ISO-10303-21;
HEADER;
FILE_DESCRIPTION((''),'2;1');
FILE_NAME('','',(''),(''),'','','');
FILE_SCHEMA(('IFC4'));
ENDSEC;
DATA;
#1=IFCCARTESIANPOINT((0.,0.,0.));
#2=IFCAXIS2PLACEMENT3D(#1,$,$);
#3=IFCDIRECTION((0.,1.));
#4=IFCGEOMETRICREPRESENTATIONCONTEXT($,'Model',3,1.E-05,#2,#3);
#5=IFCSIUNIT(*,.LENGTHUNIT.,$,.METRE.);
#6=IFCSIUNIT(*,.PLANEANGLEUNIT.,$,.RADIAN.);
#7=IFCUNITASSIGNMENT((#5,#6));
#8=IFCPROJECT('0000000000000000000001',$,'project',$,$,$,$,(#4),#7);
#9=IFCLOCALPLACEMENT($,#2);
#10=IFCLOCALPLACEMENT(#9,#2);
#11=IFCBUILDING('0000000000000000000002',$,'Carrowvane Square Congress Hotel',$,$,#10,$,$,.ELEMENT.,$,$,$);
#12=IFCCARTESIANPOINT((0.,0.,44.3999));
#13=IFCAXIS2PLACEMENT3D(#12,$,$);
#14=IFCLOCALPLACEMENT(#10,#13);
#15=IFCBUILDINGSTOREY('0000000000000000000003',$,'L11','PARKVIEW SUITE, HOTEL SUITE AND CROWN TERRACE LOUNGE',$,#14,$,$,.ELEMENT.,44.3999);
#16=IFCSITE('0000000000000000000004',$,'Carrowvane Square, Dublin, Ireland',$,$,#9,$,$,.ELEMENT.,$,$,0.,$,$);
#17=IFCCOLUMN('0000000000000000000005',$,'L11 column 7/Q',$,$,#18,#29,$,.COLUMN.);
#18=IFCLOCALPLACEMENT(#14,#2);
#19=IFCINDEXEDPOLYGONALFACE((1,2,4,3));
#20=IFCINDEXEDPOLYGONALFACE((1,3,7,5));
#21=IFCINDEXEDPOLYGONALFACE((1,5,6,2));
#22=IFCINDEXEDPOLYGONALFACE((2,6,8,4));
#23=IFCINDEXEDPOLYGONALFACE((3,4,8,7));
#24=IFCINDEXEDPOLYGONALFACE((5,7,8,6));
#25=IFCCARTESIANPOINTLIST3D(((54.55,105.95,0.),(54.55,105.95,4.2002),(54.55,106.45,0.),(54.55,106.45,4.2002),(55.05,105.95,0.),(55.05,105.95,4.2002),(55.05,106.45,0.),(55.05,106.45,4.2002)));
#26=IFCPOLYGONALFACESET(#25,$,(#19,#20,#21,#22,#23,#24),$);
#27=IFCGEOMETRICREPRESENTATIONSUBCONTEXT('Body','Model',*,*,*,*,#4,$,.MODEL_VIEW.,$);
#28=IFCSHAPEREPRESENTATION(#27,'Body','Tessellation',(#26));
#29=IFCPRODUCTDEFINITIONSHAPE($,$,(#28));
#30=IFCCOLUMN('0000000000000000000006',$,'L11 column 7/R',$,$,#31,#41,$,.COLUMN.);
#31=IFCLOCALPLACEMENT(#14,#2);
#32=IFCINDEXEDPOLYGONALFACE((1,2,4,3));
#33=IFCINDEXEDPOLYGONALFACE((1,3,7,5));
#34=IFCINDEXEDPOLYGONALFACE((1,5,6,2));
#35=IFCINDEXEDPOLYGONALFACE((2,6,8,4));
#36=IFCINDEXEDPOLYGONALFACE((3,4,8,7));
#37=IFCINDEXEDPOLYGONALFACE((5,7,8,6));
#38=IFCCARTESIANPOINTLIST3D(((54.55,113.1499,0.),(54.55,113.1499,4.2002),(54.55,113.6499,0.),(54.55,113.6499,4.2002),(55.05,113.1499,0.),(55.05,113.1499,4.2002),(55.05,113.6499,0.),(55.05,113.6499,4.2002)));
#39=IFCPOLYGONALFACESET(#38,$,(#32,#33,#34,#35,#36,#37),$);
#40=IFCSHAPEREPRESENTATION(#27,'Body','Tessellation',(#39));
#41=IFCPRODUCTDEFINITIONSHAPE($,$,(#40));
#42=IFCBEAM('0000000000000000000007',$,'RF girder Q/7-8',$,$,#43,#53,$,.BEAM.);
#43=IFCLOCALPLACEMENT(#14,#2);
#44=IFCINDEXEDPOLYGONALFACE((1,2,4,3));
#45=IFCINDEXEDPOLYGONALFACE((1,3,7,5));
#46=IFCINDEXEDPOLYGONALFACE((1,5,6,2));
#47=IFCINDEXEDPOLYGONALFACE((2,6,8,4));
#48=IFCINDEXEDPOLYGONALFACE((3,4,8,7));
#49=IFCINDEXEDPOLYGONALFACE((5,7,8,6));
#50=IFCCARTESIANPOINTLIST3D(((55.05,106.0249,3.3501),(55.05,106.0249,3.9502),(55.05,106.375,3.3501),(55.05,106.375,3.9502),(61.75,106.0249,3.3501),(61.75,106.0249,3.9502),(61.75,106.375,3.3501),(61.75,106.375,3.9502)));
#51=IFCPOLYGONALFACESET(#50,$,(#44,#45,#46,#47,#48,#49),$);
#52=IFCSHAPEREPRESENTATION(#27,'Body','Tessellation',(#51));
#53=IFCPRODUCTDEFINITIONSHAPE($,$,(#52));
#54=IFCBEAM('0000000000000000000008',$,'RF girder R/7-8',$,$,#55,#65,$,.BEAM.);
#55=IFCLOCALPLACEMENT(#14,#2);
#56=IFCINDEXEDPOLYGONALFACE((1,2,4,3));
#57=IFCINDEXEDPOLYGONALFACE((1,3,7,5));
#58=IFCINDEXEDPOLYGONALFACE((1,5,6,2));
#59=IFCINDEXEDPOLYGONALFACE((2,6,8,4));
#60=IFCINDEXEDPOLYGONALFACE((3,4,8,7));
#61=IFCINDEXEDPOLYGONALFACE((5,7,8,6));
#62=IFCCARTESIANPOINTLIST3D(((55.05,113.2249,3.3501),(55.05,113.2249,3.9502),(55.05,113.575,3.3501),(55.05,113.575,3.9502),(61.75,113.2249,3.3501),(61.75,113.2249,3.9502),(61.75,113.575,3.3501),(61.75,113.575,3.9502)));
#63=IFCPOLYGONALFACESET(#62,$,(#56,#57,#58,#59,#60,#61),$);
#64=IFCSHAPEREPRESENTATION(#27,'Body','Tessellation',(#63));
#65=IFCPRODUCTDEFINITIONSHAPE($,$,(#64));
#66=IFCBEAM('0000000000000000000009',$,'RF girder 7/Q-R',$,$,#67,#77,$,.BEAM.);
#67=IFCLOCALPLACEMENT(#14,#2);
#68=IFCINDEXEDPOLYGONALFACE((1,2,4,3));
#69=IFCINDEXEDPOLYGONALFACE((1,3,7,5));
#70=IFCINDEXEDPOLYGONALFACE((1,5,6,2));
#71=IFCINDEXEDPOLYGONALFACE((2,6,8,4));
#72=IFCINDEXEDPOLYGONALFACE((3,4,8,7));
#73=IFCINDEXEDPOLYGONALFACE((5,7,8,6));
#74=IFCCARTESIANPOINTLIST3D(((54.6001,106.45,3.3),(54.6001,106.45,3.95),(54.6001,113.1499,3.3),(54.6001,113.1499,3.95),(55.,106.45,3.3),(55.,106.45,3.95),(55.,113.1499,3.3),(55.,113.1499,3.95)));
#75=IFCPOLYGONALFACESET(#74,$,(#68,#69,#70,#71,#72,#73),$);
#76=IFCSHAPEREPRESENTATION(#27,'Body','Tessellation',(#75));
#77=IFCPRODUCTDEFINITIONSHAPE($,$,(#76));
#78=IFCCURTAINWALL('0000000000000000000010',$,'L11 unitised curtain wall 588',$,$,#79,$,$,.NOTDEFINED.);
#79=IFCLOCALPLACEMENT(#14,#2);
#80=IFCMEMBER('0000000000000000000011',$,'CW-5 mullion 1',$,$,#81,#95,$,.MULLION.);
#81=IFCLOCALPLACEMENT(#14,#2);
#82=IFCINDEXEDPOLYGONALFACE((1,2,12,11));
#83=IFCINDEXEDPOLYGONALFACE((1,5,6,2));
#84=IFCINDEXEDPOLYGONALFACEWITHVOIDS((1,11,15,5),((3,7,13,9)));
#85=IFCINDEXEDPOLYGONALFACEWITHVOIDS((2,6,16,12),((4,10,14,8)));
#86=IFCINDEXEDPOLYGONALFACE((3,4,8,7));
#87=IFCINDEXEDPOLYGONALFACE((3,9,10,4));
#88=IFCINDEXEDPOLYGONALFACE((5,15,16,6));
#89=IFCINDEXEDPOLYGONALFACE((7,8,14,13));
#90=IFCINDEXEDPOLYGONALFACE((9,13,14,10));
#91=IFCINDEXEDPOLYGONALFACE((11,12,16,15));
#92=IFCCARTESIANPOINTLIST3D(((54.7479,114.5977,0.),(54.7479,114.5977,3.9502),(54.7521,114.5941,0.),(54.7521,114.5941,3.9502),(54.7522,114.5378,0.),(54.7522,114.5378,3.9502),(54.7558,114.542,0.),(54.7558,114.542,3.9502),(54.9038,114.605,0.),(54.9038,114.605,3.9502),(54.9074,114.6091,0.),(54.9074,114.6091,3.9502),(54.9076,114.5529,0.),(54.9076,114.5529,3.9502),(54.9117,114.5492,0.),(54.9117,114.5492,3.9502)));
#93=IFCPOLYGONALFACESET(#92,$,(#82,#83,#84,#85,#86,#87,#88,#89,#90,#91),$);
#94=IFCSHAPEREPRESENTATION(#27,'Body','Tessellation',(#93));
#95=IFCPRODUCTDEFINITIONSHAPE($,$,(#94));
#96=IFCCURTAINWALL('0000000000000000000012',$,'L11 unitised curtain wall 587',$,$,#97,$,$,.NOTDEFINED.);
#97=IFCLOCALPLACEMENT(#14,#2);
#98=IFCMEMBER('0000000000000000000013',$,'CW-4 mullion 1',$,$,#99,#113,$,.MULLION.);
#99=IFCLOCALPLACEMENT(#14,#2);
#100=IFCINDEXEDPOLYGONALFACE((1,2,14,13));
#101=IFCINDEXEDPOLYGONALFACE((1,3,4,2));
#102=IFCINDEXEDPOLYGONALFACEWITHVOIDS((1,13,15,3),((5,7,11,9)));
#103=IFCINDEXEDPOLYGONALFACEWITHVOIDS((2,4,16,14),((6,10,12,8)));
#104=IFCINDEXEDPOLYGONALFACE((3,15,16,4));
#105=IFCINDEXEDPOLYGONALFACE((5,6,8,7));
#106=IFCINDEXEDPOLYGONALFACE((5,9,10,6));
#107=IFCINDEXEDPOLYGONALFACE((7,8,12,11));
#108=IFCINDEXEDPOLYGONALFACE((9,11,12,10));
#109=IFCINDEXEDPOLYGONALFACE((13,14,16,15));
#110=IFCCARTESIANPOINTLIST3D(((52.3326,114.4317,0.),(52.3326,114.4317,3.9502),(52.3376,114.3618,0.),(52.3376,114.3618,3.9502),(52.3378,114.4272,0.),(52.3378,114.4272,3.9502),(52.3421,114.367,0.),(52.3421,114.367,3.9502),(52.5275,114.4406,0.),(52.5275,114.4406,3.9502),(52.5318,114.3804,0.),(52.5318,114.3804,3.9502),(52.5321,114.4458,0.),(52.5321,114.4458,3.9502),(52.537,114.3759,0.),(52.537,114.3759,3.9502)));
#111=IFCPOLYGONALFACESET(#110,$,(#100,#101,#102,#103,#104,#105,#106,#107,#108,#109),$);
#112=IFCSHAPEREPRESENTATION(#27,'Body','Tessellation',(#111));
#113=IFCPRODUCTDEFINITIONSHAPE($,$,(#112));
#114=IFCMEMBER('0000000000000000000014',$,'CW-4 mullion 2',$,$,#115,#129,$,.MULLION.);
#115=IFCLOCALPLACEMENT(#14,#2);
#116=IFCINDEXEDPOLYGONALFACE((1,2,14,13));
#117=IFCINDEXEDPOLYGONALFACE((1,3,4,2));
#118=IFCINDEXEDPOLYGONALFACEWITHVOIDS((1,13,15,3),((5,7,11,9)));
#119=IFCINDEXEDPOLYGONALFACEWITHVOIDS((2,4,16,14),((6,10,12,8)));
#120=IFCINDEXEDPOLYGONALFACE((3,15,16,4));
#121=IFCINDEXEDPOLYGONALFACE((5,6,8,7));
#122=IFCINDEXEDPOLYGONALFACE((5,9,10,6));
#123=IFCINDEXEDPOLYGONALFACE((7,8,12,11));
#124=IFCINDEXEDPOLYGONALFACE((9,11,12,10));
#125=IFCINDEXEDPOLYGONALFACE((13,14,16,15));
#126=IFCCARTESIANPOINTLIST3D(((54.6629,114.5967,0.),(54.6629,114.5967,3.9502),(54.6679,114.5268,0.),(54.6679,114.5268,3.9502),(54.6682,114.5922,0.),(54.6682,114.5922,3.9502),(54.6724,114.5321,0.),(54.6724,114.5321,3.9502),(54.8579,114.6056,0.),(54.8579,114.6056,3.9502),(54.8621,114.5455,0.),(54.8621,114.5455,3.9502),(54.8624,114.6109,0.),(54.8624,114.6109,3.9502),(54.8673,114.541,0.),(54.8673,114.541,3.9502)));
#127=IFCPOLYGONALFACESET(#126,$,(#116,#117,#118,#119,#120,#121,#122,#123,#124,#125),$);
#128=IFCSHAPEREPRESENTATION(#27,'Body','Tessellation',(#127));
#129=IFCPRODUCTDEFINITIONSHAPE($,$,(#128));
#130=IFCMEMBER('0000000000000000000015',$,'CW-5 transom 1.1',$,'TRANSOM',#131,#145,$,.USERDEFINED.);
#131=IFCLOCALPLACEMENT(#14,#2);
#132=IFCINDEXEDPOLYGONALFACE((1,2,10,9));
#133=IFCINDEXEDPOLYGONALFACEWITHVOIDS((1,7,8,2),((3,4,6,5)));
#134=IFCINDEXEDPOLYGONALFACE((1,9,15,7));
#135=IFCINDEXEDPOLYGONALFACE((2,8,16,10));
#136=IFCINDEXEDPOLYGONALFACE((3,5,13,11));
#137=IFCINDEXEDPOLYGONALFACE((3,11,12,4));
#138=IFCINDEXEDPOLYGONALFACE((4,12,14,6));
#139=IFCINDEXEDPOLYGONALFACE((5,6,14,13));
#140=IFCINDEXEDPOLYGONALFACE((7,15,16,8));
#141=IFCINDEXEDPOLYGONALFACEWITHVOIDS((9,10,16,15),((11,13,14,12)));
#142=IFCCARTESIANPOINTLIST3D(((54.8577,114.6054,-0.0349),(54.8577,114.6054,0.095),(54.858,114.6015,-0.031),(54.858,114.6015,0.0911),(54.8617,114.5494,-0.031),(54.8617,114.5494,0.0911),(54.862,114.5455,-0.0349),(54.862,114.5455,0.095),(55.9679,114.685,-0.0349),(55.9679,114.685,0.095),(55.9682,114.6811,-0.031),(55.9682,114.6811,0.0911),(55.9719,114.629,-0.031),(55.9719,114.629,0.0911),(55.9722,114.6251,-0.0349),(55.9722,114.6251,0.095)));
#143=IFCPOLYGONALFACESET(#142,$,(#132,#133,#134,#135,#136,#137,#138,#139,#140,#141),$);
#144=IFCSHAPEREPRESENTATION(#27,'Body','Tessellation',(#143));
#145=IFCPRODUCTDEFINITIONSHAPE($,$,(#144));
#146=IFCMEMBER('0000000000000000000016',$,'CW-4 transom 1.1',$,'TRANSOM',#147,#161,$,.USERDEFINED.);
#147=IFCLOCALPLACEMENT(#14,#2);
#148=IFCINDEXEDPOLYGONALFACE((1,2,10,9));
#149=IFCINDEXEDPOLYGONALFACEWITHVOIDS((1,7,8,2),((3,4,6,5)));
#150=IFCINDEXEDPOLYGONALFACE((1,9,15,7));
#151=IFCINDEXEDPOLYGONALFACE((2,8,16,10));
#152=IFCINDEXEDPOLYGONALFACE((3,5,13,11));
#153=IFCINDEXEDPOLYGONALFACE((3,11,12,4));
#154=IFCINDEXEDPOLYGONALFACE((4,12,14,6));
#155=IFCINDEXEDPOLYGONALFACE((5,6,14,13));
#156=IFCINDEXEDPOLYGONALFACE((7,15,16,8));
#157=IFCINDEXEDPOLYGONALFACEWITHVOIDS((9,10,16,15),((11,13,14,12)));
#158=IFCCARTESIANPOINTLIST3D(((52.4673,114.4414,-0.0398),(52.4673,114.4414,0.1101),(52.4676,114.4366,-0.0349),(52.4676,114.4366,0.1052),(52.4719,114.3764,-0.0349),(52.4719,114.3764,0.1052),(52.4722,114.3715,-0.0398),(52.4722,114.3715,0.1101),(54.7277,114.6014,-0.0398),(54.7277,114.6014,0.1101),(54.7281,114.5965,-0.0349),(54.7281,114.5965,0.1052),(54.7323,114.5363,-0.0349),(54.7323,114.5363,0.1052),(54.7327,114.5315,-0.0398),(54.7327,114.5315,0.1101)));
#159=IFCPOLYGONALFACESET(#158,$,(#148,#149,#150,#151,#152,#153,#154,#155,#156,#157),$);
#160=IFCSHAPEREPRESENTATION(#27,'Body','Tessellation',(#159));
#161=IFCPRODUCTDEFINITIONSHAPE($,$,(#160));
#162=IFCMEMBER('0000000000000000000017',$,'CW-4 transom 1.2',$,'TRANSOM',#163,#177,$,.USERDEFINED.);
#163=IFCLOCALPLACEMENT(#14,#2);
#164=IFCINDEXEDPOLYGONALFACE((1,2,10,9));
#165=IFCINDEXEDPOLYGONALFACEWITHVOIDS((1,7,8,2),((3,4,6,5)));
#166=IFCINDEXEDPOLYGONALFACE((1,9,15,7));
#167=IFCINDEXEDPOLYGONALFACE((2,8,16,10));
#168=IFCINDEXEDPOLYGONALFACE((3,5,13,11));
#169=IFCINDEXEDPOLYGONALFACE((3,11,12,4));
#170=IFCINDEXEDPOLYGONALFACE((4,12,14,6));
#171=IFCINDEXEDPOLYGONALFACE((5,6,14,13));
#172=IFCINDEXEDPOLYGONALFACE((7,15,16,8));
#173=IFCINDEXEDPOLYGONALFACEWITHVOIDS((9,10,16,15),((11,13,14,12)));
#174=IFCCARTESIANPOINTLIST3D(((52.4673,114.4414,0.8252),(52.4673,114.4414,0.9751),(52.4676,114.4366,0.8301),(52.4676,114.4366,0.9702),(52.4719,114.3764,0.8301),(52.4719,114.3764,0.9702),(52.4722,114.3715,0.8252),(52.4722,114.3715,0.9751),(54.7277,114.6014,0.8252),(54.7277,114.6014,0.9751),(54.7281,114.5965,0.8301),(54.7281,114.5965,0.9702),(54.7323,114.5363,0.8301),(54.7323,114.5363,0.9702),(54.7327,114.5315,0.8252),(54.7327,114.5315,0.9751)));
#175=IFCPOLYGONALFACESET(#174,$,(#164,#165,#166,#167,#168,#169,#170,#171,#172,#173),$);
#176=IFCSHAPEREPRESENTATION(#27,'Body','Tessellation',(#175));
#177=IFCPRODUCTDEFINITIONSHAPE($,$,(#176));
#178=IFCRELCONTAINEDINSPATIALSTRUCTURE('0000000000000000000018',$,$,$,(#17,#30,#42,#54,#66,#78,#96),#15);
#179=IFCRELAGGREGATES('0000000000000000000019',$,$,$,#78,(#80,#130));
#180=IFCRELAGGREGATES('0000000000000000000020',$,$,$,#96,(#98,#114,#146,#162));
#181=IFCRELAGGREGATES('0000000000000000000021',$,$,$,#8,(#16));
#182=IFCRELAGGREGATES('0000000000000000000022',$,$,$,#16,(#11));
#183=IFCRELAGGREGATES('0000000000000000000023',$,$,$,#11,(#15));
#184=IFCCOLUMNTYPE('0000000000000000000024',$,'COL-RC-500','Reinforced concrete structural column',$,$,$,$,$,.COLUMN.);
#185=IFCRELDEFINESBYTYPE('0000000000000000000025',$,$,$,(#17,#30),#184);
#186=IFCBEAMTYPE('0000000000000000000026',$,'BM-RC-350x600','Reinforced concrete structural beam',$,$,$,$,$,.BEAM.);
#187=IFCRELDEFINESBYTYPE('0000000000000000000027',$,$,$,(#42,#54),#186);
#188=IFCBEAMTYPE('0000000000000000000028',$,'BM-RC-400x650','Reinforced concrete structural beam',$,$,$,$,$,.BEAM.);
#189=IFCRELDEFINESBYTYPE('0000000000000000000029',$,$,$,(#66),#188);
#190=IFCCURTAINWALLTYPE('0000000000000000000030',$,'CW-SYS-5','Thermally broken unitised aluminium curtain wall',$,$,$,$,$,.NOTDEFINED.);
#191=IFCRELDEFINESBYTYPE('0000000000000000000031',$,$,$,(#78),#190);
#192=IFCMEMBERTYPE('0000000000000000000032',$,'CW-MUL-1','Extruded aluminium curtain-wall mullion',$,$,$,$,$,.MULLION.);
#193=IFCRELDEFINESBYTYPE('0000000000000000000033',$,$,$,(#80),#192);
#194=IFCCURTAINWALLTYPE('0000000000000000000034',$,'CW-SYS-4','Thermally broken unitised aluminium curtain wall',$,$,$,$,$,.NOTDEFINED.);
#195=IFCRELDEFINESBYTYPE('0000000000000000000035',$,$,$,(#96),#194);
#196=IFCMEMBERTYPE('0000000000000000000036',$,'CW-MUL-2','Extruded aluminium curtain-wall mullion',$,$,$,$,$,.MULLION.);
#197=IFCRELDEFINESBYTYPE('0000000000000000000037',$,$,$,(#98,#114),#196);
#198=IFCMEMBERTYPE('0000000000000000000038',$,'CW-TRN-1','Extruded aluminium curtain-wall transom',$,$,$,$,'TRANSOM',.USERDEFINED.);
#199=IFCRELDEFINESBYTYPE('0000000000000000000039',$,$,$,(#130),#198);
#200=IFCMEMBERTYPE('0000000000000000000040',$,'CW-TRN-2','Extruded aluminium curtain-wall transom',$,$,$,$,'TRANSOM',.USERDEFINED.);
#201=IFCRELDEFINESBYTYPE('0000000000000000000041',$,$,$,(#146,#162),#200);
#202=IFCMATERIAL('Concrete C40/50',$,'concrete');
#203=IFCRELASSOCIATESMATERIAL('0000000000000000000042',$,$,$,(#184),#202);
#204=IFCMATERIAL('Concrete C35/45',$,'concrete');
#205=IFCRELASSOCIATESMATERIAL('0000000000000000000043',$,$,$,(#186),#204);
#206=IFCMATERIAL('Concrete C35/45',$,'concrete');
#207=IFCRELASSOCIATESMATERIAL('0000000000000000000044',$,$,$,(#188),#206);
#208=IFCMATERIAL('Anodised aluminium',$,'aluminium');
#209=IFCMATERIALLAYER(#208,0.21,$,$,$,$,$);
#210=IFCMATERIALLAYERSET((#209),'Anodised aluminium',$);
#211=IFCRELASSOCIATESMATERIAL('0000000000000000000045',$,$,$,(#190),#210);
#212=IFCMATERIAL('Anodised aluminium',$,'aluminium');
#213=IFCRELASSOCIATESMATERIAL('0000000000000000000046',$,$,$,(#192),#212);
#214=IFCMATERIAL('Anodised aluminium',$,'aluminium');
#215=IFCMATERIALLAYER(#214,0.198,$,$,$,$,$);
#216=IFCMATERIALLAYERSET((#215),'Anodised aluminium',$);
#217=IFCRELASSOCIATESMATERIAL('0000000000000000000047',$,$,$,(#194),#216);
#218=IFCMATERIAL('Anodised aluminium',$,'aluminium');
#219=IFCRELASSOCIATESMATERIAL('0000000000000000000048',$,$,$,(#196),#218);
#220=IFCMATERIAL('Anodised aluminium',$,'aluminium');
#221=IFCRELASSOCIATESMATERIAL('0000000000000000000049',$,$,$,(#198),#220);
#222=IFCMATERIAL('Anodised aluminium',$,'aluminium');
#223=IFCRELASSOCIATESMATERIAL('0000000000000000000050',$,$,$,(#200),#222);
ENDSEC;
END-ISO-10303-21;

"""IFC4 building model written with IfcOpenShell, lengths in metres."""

from ifc_helpers import new_model, si_unit, direction, frame, origin, origin_2d, place, context, subcontext, project, spatial, rectangle, hollow_rectangle, extrude, material, layer, layer_set, material_profile, profile_set, type_object, element, aggregate, save


model = new_model("IFC4")

# Units and contexts
model_context = context("Model", 3, precision=1e-05, world=origin(), true_north=direction((0.0, 1.0)))
body_context = subcontext(model_context, "Body", "Model", "MODEL_VIEW")
ifc_project = project(units=[si_unit("LENGTHUNIT", "METRE"), si_unit("PLANEANGLEUNIT", "RADIAN")], contexts=[model_context])

# Site, building, storey
site_placement = place(None, origin())
site = spatial("IfcSite", under=ifc_project, at=site_placement, Name="Carrowvane Square, Dublin, Ireland", CompositionType="ELEMENT", RefElevation=0.0)
building_placement = place(site_placement, origin())
building = spatial("IfcBuilding", under=site, at=building_placement, Name="Carrowvane Square Congress Hotel", CompositionType="ELEMENT")
storey_placement = place(building_placement, frame((0.0, 0.0, 44.3999)))
storey = spatial("IfcBuildingStorey", under=building, at=storey_placement, Name="L11", Description="PARKVIEW SUITE, HOTEL SUITE AND CROWN TERRACE LOUNGE", CompositionType="ELEMENT", Elevation=44.3999)

# Columns
ifc_material_1 = material(Name="Concrete C40/50", Category="concrete")
ifc_material_profile_1 = material_profile(ifc_material_1, rectangle(XDim=0.5, YDim=0.5, at=origin_2d()), Name="RC 500x500")
ifc_profile_set_1 = profile_set([ifc_material_profile_1], Name="Concrete C40/50")
column_type = type_object("IfcColumnType", Name="COL-RC-500", Description="Reinforced concrete structural column", PredefinedType="COLUMN", material=ifc_profile_set_1)
for number, where, z_axis, x_axis, name in (
    (1, (54.8, 106.2, 0.0), (0.0, 0.0, 1.0), (1.0, 0.0, 0.0), "L11 column 7/Q"),
    (2, (54.8, 113.3999, 0.0), (0.0, 0.0, 1.0), (1.0, 0.0, 0.0), "L11 column 7/R"),
):
    element("IfcColumn", number, at=place(storey_placement, frame(where, z_axis=z_axis, x_axis=x_axis)), inside=storey, type_object=column_type, Name=name, PredefinedType="COLUMN", context=body_context, shape_type="SweptSolid", body=[
        extrude(rectangle(XDim=0.5, YDim=0.5, at=origin_2d()), origin(), (0.0, 0.0, 1.0), 4.2002),
    ])

# Beams
ifc_material_2 = material(Name="Concrete C35/45", Category="concrete")
ifc_material_profile_2 = material_profile(ifc_material_2, rectangle(XDim=0.3501, YDim=0.6001, at=origin_2d()), Name="RC 350x600")
ifc_profile_set_2 = profile_set([ifc_material_profile_2], Name="Concrete C35/45")
beam_type_1 = type_object("IfcBeamType", Name="BM-RC-350x600", Description="Reinforced concrete structural beam", PredefinedType="BEAM", material=ifc_profile_set_2)
for number, where, z_axis, x_axis, name in (
    (3, (55.05, 106.2, 3.6501), (1.0, 0.0, 0.0), (0.0, 1.0, 0.0), "RF girder Q/7-8"),
    (4, (55.05, 113.3999, 3.6501), (1.0, 0.0, 0.0), (0.0, 1.0, 0.0), "RF girder R/7-8"),
):
    element("IfcBeam", number, at=place(storey_placement, frame(where, z_axis=z_axis, x_axis=x_axis)), inside=storey, type_object=beam_type_1, Name=name, PredefinedType="BEAM", context=body_context, shape_type="SweptSolid", body=[
        extrude(rectangle(XDim=0.3501, YDim=0.6001, at=origin_2d()), origin(), (0.0, 0.0, 1.0), 6.7),
    ])
ifc_material_3 = material(Name="Concrete C35/45", Category="concrete")
ifc_material_profile_3 = material_profile(ifc_material_3, rectangle(XDim=0.3999, YDim=0.6499, at=origin_2d()), Name="RC 400x650")
ifc_profile_set_3 = profile_set([ifc_material_profile_3], Name="Concrete C35/45")
beam_type_2 = type_object("IfcBeamType", Name="BM-RC-400x650", Description="Reinforced concrete structural beam", PredefinedType="BEAM", material=ifc_profile_set_3)
beam_placement = place(storey_placement, frame((54.8, 106.45, 3.625), z_axis=(0.0, 1.0, 0.0), x_axis=(-1.0, 0.0, 0.0)))
element("IfcBeam", 5, at=beam_placement, inside=storey, type_object=beam_type_2, Name="RF girder 7/Q-R", PredefinedType="BEAM", context=body_context, shape_type="SweptSolid", body=[
    extrude(rectangle(XDim=0.3999, YDim=0.6499, at=origin_2d()), origin(), (0.0, 0.0, 1.0), 6.7),
])

# Curtain wall, member
ifc_material_4 = material(Name="Anodised aluminium", Category="aluminium")
ifc_layer_1 = layer(ifc_material_4, 0.21)
ifc_layer_set_1 = layer_set([ifc_layer_1], Name="Anodised aluminium")
curtain_wall_type_1 = type_object("IfcCurtainWallType", Name="CW-SYS-5", Description="Thermally broken unitised aluminium curtain wall", PredefinedType="NOTDEFINED", material=ifc_layer_set_1)
curtain_wall_1_placement = place(storey_placement, origin())
curtain_wall_1 = element("IfcCurtainWall", 6, at=curtain_wall_1_placement, inside=storey, type_object=curtain_wall_type_1, Name="L11 unitised curtain wall 588", PredefinedType="NOTDEFINED")
ifc_material_5 = material(Name="Anodised aluminium", Category="aluminium")
ifc_material_profile_4 = material_profile(ifc_material_5, hollow_rectangle(XDim=0.0601, YDim=0.1599, WallThickness=0.0039, at=origin_2d()), Name="CW-ML 60x160x4")
ifc_profile_set_4 = profile_set([ifc_material_profile_4], Name="Anodised aluminium")
member_type_1 = type_object("IfcMemberType", Name="CW-MUL-1", Description="Extruded aluminium curtain-wall mullion", PredefinedType="MULLION", material=ifc_profile_set_4)
member_1_placement = place(storey_placement, frame((54.8298, 114.5735, 0.0), z_axis=(0.0, 0.0, 1.0), x_axis=(-0.071418, 0.997446, 0.0)))
member_1 = element("IfcMember", 7, at=member_1_placement, type_object=member_type_1, Name="CW-5 mullion 1", PredefinedType="MULLION", context=body_context, shape_type="SweptSolid", body=[
    extrude(hollow_rectangle(XDim=0.0601, YDim=0.1599, WallThickness=0.0039, at=origin_2d()), origin(), (0.0, 0.0, 1.0), 3.9502),
])

# Curtain wall, members
ifc_material_6 = material(Name="Anodised aluminium", Category="aluminium")
ifc_layer_2 = layer(ifc_material_6, 0.198)
ifc_layer_set_2 = layer_set([ifc_layer_2], Name="Anodised aluminium")
curtain_wall_type_2 = type_object("IfcCurtainWallType", Name="CW-SYS-4", Description="Thermally broken unitised aluminium curtain wall", PredefinedType="NOTDEFINED", material=ifc_layer_set_2)
curtain_wall_2_placement = place(storey_placement, origin())
curtain_wall_2 = element("IfcCurtainWall", 8, at=curtain_wall_2_placement, inside=storey, type_object=curtain_wall_type_2, Name="L11 unitised curtain wall 587", PredefinedType="NOTDEFINED")
ifc_material_7 = material(Name="Anodised aluminium", Category="aluminium")
ifc_material_profile_5 = material_profile(ifc_material_7, hollow_rectangle(XDim=0.0701, YDim=0.2, WallThickness=0.0049, at=origin_2d()), Name="CW-ML 70x200x5")
ifc_profile_set_5 = profile_set([ifc_material_profile_5], Name="Anodised aluminium")
member_type_2 = type_object("IfcMemberType", Name="CW-MUL-2", Description="Extruded aluminium curtain-wall mullion", PredefinedType="MULLION", material=ifc_profile_set_5)
member_2_placement = place(storey_placement, frame((52.4348, 114.4038, 0.0), z_axis=(0.0, 0.0, 1.0), x_axis=(-0.070586, 0.997506, 0.0)))
member_2 = element("IfcMember", 9, at=member_2_placement, type_object=member_type_2, Name="CW-4 mullion 1", PredefinedType="MULLION", context=body_context, shape_type="SweptSolid", body=[
    extrude(hollow_rectangle(XDim=0.0701, YDim=0.2, WallThickness=0.0049, at=origin_2d()), origin(), (0.0, 0.0, 1.0), 3.9502),
])
member_3_placement = place(storey_placement, frame((54.7651, 114.5688, 0.0), z_axis=(0.0, 0.0, 1.0), x_axis=(-0.070586, 0.997506, 0.0)))
member_3 = element("IfcMember", 10, at=member_3_placement, type_object=member_type_2, Name="CW-4 mullion 2", PredefinedType="MULLION", context=body_context, shape_type="SweptSolid", body=[
    extrude(hollow_rectangle(XDim=0.0701, YDim=0.2, WallThickness=0.0049, at=origin_2d()), origin(), (0.0, 0.0, 1.0), 3.9502),
])

# Members
ifc_material_8 = material(Name="Anodised aluminium", Category="aluminium")
ifc_material_profile_6 = material_profile(ifc_material_8, hollow_rectangle(XDim=0.0601, YDim=0.1299, WallThickness=0.0039, at=origin_2d()), Name="CW-TR 60x130x4")
ifc_profile_set_6 = profile_set([ifc_material_profile_6], Name="Anodised aluminium")
member_type_3 = type_object("IfcMemberType", Name="CW-TRN-1", Description="Extruded aluminium curtain-wall transom", ElementType="TRANSOM", PredefinedType="USERDEFINED", material=ifc_profile_set_6)
member_4_placement = place(storey_placement, frame((54.8599, 114.5754, 0.03), z_axis=(0.99744, 0.071512, 0.0), x_axis=(-0.071512, 0.99744, 0.0)))
member_4 = element("IfcMember", 11, at=member_4_placement, type_object=member_type_3, Name="CW-5 transom 1.1", ObjectType="TRANSOM", PredefinedType="USERDEFINED", context=body_context, shape_type="SweptSolid", body=[
    extrude(hollow_rectangle(XDim=0.0601, YDim=0.1299, WallThickness=0.0039, at=origin_2d()), origin(), (0.0, 0.0, 1.0), 1.113),
])
aggregate(curtain_wall_1, [member_1, member_4])
ifc_material_9 = material(Name="Anodised aluminium", Category="aluminium")
ifc_material_profile_7 = material_profile(ifc_material_9, hollow_rectangle(XDim=0.0701, YDim=0.1499, WallThickness=0.0049, at=origin_2d()), Name="CW-TR 70x150x5")
ifc_profile_set_7 = profile_set([ifc_material_profile_7], Name="Anodised aluminium")
member_type_4 = type_object("IfcMemberType", Name="CW-TRN-2", Description="Extruded aluminium curtain-wall transom", ElementType="TRANSOM", PredefinedType="USERDEFINED", material=ifc_profile_set_7)
member_5_placement = place(storey_placement, frame((52.4697, 114.4065, 0.0352), z_axis=(0.997507, 0.070566, 0.0), x_axis=(-0.070566, 0.997507, 0.0)))
member_5 = element("IfcMember", 12, at=member_5_placement, type_object=member_type_4, Name="CW-4 transom 1.1", ObjectType="TRANSOM", PredefinedType="USERDEFINED", context=body_context, shape_type="SweptSolid", body=[
    extrude(hollow_rectangle(XDim=0.0701, YDim=0.1499, WallThickness=0.0049, at=origin_2d()), origin(), (0.0, 0.0, 1.0), 2.2661),
])
member_6_placement = place(storey_placement, frame((52.4697, 114.4065, 0.9001), z_axis=(0.997507, 0.070566, 0.0), x_axis=(-0.070566, 0.997507, 0.0)))
member_6 = element("IfcMember", 13, at=member_6_placement, type_object=member_type_4, Name="CW-4 transom 1.2", ObjectType="TRANSOM", PredefinedType="USERDEFINED", context=body_context, shape_type="SweptSolid", body=[
    extrude(hollow_rectangle(XDim=0.0701, YDim=0.1499, WallThickness=0.0049, at=origin_2d()), origin(), (0.0, 0.0, 1.0), 2.2661),
])

aggregate(curtain_wall_2, [member_2, member_3, member_5, member_6])

save(model, "model.ifc")
